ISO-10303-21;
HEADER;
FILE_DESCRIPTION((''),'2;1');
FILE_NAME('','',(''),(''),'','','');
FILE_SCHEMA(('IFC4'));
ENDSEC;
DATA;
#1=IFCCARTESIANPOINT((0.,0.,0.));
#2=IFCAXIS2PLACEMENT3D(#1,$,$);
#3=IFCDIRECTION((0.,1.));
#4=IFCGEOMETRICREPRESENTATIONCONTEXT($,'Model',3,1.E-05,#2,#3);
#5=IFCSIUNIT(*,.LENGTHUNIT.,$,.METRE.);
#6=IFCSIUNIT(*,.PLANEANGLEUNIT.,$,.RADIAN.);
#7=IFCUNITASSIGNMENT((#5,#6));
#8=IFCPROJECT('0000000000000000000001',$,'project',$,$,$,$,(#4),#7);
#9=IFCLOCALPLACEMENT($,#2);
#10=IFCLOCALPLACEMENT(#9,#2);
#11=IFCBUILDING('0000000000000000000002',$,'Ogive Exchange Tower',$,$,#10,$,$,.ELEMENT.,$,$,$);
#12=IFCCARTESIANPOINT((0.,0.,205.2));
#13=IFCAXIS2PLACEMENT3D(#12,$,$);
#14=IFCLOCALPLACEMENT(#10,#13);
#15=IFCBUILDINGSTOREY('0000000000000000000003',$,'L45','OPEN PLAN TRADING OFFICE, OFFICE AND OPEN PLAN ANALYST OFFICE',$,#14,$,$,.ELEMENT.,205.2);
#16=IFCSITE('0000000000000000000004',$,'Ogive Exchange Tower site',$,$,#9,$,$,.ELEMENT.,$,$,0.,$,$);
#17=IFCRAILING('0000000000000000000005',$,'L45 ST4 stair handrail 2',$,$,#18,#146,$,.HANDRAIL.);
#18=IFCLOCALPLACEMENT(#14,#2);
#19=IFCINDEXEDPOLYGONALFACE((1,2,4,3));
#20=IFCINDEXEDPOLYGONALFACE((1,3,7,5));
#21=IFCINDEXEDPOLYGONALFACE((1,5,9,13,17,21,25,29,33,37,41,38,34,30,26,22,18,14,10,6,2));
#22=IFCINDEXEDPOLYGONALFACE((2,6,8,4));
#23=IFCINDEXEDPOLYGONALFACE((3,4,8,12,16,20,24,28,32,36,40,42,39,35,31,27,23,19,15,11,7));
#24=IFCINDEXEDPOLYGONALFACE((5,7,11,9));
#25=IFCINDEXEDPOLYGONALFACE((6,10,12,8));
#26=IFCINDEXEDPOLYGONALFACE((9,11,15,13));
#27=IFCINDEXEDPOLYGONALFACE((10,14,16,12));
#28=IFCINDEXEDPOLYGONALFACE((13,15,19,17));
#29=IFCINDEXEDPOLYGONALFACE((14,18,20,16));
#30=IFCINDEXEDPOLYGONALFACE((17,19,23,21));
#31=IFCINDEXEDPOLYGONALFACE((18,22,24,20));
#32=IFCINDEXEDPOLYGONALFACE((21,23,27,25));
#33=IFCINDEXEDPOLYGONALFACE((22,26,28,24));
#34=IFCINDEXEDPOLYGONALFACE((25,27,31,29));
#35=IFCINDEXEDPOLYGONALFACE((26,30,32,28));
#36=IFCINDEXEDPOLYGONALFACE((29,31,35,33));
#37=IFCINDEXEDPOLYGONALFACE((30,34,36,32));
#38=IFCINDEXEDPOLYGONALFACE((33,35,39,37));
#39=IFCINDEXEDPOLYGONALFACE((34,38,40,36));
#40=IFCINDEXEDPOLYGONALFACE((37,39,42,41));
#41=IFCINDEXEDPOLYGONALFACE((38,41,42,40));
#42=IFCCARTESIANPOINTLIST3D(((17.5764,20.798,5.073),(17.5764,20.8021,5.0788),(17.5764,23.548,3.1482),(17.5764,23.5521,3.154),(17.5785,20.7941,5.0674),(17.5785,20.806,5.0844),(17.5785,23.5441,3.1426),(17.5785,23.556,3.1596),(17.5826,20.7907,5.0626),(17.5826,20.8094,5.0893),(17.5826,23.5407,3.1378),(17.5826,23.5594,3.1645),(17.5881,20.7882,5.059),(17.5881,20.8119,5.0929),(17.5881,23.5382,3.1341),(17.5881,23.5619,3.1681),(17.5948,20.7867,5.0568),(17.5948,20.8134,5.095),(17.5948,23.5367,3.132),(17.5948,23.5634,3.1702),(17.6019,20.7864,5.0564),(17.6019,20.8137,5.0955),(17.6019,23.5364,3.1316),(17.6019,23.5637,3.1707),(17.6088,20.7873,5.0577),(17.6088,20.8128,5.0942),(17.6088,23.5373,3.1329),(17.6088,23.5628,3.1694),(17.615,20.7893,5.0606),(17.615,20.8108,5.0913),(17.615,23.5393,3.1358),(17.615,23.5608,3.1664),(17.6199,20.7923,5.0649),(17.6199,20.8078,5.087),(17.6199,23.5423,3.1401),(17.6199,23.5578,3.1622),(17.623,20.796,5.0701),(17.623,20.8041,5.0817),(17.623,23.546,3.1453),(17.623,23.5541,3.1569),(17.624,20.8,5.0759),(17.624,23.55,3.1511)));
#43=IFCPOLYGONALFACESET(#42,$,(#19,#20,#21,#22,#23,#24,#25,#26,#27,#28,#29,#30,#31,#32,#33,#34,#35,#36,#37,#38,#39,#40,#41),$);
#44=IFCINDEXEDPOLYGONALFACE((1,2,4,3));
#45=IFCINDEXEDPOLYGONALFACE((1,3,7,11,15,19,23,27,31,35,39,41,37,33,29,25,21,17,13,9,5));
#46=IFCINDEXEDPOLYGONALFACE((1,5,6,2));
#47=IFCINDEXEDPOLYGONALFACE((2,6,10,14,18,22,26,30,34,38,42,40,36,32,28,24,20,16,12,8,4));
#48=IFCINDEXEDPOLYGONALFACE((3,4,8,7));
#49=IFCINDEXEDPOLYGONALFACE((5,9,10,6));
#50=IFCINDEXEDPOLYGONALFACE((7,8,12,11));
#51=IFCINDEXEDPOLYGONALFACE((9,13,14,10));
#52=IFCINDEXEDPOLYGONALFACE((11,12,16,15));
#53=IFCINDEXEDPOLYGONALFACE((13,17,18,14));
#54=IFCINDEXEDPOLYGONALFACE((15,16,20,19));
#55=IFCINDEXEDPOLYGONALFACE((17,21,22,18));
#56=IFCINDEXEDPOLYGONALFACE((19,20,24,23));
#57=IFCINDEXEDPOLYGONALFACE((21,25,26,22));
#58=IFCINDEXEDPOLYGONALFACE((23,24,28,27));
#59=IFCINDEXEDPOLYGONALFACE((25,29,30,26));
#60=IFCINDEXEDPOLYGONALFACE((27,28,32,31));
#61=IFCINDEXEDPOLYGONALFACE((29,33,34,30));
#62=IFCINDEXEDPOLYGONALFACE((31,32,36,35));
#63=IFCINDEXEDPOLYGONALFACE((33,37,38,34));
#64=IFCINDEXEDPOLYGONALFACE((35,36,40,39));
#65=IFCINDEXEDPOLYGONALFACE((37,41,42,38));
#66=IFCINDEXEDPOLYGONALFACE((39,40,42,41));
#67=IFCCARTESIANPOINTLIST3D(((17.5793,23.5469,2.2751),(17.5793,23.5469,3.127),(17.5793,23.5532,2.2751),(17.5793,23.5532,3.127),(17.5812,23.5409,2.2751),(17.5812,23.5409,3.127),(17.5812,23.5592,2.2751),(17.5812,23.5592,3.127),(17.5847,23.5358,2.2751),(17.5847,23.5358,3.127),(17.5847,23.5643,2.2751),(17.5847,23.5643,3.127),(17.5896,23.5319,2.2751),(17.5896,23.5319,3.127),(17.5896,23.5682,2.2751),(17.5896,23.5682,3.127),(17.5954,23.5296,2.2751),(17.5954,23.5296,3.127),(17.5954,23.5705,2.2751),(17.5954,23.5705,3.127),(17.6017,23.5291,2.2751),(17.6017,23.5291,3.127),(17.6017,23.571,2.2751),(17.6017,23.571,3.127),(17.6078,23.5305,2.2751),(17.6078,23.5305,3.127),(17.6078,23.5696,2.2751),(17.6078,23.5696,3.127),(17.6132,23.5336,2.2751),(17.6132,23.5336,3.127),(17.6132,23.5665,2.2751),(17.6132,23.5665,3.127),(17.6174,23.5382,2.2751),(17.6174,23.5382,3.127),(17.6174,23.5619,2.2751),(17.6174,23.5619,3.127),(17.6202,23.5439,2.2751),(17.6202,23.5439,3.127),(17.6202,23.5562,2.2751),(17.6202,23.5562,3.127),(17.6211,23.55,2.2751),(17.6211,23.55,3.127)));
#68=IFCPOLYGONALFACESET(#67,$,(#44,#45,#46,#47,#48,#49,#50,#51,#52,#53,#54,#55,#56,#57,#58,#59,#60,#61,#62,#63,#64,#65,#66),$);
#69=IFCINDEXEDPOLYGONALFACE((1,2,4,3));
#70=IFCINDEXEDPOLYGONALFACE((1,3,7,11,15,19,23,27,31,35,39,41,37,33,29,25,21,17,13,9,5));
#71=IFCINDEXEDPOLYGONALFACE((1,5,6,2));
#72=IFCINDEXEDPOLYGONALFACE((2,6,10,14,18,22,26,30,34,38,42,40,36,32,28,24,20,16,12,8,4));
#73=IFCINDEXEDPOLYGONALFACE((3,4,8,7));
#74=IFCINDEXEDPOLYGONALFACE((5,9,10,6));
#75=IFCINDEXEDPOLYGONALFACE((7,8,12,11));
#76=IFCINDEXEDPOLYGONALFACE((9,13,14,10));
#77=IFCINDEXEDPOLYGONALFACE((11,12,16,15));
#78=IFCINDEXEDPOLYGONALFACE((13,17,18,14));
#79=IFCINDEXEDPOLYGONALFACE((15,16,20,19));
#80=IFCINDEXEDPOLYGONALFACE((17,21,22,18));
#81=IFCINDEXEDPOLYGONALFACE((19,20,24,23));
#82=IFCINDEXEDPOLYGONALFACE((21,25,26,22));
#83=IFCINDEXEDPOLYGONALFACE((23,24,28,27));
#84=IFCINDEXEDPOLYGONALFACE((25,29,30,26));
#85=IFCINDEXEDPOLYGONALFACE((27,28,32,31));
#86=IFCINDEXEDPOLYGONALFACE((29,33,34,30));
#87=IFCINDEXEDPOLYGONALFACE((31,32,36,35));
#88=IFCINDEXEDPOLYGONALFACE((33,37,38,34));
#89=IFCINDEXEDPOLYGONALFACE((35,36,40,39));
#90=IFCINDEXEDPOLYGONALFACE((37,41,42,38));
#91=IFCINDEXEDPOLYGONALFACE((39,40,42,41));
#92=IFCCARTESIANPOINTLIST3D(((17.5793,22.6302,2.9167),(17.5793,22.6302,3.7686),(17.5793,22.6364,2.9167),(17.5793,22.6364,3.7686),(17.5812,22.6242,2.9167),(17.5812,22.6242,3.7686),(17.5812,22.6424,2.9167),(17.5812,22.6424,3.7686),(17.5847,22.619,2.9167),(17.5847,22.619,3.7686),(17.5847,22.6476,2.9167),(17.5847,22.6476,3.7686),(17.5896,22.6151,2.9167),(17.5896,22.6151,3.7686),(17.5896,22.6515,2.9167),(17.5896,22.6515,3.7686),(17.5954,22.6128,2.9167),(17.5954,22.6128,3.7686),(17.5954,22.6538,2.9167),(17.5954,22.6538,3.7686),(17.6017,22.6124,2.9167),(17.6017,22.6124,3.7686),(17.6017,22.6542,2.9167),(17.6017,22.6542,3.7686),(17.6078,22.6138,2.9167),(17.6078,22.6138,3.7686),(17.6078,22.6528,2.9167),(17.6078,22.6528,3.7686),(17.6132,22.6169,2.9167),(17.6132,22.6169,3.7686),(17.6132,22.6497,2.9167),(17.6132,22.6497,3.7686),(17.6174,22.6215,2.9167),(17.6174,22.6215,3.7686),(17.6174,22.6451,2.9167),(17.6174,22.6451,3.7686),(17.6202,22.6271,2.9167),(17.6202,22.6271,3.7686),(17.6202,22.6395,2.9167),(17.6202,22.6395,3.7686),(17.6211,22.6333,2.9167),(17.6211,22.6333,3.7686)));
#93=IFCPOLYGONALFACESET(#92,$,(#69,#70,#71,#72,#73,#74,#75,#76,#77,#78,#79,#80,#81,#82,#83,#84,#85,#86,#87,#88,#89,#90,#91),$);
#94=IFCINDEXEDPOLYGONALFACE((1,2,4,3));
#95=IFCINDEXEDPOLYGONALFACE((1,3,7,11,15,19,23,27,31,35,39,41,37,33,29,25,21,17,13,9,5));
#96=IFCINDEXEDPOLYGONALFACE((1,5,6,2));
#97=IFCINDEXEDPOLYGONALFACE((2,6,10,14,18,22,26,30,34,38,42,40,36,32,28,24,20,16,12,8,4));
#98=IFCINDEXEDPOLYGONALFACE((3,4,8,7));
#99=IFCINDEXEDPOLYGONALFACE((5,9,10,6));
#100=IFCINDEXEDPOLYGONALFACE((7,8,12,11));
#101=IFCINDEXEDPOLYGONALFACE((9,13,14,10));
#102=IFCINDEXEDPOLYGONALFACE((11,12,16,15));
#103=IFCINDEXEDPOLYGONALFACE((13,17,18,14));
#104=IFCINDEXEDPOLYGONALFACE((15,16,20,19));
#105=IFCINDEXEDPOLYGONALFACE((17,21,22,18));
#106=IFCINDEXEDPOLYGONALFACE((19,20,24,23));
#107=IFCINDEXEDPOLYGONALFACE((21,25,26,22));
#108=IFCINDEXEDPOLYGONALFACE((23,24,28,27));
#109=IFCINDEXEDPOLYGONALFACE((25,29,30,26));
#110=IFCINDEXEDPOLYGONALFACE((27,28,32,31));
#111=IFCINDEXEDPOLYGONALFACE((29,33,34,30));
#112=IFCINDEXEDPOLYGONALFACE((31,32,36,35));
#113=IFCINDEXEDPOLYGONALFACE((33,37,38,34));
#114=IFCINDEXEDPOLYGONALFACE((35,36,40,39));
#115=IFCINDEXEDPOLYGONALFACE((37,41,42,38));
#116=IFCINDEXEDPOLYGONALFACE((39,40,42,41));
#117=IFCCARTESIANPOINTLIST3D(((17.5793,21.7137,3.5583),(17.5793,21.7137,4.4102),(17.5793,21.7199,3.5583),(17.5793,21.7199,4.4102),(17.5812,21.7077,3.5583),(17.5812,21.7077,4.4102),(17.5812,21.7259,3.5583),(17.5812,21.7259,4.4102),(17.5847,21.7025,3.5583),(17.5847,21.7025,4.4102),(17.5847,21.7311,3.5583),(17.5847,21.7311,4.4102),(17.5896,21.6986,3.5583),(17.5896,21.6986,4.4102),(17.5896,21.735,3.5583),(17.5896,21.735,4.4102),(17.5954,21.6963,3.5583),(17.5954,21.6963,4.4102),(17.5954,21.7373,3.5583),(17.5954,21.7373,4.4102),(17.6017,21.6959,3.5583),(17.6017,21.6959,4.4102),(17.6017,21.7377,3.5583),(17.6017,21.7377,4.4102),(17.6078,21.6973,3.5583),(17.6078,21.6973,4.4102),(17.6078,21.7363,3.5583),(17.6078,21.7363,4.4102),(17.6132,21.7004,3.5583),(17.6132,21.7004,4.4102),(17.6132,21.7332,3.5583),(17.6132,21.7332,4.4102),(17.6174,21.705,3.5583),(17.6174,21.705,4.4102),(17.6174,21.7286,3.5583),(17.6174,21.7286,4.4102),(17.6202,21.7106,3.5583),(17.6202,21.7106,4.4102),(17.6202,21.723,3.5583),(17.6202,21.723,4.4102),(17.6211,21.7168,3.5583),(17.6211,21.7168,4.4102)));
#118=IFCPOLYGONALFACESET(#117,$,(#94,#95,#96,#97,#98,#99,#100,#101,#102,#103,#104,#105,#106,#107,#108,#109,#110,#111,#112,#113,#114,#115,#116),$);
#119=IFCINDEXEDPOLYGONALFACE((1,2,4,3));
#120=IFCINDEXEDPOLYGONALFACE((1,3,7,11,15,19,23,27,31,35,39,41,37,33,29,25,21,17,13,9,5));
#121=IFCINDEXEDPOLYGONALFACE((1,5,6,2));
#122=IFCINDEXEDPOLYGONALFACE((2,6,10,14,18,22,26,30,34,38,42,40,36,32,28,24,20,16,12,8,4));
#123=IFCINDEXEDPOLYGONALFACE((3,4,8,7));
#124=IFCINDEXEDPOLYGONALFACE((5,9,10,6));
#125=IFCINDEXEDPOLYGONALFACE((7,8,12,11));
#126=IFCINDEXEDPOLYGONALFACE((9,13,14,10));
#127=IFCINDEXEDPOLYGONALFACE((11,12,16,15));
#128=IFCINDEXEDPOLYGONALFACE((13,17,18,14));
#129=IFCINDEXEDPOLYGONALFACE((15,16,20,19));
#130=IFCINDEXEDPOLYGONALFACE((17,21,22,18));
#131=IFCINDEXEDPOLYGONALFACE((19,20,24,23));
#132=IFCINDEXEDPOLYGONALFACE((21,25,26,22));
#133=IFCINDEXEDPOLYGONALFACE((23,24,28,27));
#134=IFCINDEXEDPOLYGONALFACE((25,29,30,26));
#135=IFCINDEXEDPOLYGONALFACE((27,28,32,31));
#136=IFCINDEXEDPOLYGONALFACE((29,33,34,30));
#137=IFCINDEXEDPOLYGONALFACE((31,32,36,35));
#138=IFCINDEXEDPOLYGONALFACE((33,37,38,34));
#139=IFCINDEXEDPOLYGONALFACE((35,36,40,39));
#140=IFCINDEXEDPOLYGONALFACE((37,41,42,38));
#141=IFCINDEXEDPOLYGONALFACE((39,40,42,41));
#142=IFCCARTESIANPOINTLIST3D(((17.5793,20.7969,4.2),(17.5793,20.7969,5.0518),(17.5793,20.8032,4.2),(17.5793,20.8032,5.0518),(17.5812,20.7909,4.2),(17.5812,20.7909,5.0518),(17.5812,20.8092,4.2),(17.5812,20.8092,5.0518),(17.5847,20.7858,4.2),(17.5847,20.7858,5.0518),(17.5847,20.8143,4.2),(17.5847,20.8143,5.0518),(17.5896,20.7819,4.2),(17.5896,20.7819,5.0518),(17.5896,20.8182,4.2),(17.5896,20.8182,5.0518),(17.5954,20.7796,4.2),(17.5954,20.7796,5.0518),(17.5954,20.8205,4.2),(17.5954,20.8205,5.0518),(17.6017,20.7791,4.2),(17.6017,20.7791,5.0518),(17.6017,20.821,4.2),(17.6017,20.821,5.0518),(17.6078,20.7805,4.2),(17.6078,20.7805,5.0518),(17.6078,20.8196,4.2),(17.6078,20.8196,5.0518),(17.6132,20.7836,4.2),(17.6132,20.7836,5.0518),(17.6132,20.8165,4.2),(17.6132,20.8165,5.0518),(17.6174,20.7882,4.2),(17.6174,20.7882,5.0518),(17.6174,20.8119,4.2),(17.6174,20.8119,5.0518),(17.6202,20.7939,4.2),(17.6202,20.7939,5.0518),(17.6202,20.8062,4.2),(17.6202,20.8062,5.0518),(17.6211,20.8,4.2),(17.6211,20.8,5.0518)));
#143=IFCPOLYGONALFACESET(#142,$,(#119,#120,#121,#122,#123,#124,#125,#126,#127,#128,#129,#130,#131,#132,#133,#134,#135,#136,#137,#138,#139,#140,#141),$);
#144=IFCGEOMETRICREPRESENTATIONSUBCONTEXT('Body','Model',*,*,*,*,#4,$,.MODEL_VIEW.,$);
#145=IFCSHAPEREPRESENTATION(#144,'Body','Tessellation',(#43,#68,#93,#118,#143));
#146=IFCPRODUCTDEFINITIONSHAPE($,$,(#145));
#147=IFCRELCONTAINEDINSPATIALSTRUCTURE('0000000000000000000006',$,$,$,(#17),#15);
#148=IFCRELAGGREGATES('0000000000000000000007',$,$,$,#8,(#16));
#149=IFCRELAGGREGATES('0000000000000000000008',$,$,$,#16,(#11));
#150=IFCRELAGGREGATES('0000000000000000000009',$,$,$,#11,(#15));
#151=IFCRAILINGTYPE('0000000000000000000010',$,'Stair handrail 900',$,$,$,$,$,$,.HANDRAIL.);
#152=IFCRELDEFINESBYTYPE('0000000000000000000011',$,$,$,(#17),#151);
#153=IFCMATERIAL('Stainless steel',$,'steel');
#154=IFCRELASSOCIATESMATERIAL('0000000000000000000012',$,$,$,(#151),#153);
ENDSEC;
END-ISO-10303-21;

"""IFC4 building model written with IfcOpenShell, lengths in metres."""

from ifc_helpers import new_model, si_unit, direction, frame, origin, origin_2d, place, context, subcontext, project, spatial, circle, extrude, material, type_object, element, save


model = new_model("IFC4")

# Units and contexts
model_context = context("Model", 3, precision=1e-05, world=origin(), true_north=direction((0.0, 1.0)))
body_context = subcontext(model_context, "Body", "Model", "MODEL_VIEW")
ifc_project = project(units=[si_unit("LENGTHUNIT", "METRE"), si_unit("PLANEANGLEUNIT", "RADIAN")], contexts=[model_context])

# Site, building, storey
site_placement = place(None, origin())
site = spatial("IfcSite", under=ifc_project, at=site_placement, Name="Ogive Exchange Tower site", CompositionType="ELEMENT", RefElevation=0.0)
building_placement = place(site_placement, origin())
building = spatial("IfcBuilding", under=site, at=building_placement, Name="Ogive Exchange Tower", CompositionType="ELEMENT")
storey_placement = place(building_placement, frame((0.0, 0.0, 205.2)))
storey = spatial("IfcBuildingStorey", under=building, at=storey_placement, Name="L45", Description="OPEN PLAN TRADING OFFICE, OFFICE AND OPEN PLAN ANALYST OFFICE", CompositionType="ELEMENT", Elevation=205.2)

# Railing
ifc_material_1 = material(Name="Stainless steel", Category="steel")
railing_type = type_object("IfcRailingType", Name="Stair handrail 900", PredefinedType="HANDRAIL", material=ifc_material_1)
railing_1_placement = place(storey_placement, frame((17.6001, 23.55, 2.2751)))
element("IfcRailing", 1, at=railing_1_placement, inside=storey, type_object=railing_type, Name="L45 ST4 stair handrail 2", PredefinedType="HANDRAIL", context=body_context, shape_type="SweptSolid", body=[
    extrude(circle(Radius=0.0239, at=origin_2d()), frame((0.0, 0.0, 0.876), z_axis=(0.0, -0.819259, 0.573423), x_axis=(1.0, 0.0, 0.0)), (0.0, 0.0, 1.0), 3.3567),
    extrude(circle(Radius=0.021, at=origin_2d()), origin(), (0.0, 0.0, 1.0), 0.8518),
    extrude(circle(Radius=0.021, at=origin_2d()), frame((0.0, -0.9167, 0.6416)), (0.0, 0.0, 1.0), 0.8518),
    extrude(circle(Radius=0.021, at=origin_2d()), frame((0.0, -1.8333, 1.2832)), (0.0, 0.0, 1.0), 0.8518),
    extrude(circle(Radius=0.021, at=origin_2d()), frame((0.0, -2.75, 1.9248)), (0.0, 0.0, 1.0), 0.8518),
])

save(model, "model.ifc")
